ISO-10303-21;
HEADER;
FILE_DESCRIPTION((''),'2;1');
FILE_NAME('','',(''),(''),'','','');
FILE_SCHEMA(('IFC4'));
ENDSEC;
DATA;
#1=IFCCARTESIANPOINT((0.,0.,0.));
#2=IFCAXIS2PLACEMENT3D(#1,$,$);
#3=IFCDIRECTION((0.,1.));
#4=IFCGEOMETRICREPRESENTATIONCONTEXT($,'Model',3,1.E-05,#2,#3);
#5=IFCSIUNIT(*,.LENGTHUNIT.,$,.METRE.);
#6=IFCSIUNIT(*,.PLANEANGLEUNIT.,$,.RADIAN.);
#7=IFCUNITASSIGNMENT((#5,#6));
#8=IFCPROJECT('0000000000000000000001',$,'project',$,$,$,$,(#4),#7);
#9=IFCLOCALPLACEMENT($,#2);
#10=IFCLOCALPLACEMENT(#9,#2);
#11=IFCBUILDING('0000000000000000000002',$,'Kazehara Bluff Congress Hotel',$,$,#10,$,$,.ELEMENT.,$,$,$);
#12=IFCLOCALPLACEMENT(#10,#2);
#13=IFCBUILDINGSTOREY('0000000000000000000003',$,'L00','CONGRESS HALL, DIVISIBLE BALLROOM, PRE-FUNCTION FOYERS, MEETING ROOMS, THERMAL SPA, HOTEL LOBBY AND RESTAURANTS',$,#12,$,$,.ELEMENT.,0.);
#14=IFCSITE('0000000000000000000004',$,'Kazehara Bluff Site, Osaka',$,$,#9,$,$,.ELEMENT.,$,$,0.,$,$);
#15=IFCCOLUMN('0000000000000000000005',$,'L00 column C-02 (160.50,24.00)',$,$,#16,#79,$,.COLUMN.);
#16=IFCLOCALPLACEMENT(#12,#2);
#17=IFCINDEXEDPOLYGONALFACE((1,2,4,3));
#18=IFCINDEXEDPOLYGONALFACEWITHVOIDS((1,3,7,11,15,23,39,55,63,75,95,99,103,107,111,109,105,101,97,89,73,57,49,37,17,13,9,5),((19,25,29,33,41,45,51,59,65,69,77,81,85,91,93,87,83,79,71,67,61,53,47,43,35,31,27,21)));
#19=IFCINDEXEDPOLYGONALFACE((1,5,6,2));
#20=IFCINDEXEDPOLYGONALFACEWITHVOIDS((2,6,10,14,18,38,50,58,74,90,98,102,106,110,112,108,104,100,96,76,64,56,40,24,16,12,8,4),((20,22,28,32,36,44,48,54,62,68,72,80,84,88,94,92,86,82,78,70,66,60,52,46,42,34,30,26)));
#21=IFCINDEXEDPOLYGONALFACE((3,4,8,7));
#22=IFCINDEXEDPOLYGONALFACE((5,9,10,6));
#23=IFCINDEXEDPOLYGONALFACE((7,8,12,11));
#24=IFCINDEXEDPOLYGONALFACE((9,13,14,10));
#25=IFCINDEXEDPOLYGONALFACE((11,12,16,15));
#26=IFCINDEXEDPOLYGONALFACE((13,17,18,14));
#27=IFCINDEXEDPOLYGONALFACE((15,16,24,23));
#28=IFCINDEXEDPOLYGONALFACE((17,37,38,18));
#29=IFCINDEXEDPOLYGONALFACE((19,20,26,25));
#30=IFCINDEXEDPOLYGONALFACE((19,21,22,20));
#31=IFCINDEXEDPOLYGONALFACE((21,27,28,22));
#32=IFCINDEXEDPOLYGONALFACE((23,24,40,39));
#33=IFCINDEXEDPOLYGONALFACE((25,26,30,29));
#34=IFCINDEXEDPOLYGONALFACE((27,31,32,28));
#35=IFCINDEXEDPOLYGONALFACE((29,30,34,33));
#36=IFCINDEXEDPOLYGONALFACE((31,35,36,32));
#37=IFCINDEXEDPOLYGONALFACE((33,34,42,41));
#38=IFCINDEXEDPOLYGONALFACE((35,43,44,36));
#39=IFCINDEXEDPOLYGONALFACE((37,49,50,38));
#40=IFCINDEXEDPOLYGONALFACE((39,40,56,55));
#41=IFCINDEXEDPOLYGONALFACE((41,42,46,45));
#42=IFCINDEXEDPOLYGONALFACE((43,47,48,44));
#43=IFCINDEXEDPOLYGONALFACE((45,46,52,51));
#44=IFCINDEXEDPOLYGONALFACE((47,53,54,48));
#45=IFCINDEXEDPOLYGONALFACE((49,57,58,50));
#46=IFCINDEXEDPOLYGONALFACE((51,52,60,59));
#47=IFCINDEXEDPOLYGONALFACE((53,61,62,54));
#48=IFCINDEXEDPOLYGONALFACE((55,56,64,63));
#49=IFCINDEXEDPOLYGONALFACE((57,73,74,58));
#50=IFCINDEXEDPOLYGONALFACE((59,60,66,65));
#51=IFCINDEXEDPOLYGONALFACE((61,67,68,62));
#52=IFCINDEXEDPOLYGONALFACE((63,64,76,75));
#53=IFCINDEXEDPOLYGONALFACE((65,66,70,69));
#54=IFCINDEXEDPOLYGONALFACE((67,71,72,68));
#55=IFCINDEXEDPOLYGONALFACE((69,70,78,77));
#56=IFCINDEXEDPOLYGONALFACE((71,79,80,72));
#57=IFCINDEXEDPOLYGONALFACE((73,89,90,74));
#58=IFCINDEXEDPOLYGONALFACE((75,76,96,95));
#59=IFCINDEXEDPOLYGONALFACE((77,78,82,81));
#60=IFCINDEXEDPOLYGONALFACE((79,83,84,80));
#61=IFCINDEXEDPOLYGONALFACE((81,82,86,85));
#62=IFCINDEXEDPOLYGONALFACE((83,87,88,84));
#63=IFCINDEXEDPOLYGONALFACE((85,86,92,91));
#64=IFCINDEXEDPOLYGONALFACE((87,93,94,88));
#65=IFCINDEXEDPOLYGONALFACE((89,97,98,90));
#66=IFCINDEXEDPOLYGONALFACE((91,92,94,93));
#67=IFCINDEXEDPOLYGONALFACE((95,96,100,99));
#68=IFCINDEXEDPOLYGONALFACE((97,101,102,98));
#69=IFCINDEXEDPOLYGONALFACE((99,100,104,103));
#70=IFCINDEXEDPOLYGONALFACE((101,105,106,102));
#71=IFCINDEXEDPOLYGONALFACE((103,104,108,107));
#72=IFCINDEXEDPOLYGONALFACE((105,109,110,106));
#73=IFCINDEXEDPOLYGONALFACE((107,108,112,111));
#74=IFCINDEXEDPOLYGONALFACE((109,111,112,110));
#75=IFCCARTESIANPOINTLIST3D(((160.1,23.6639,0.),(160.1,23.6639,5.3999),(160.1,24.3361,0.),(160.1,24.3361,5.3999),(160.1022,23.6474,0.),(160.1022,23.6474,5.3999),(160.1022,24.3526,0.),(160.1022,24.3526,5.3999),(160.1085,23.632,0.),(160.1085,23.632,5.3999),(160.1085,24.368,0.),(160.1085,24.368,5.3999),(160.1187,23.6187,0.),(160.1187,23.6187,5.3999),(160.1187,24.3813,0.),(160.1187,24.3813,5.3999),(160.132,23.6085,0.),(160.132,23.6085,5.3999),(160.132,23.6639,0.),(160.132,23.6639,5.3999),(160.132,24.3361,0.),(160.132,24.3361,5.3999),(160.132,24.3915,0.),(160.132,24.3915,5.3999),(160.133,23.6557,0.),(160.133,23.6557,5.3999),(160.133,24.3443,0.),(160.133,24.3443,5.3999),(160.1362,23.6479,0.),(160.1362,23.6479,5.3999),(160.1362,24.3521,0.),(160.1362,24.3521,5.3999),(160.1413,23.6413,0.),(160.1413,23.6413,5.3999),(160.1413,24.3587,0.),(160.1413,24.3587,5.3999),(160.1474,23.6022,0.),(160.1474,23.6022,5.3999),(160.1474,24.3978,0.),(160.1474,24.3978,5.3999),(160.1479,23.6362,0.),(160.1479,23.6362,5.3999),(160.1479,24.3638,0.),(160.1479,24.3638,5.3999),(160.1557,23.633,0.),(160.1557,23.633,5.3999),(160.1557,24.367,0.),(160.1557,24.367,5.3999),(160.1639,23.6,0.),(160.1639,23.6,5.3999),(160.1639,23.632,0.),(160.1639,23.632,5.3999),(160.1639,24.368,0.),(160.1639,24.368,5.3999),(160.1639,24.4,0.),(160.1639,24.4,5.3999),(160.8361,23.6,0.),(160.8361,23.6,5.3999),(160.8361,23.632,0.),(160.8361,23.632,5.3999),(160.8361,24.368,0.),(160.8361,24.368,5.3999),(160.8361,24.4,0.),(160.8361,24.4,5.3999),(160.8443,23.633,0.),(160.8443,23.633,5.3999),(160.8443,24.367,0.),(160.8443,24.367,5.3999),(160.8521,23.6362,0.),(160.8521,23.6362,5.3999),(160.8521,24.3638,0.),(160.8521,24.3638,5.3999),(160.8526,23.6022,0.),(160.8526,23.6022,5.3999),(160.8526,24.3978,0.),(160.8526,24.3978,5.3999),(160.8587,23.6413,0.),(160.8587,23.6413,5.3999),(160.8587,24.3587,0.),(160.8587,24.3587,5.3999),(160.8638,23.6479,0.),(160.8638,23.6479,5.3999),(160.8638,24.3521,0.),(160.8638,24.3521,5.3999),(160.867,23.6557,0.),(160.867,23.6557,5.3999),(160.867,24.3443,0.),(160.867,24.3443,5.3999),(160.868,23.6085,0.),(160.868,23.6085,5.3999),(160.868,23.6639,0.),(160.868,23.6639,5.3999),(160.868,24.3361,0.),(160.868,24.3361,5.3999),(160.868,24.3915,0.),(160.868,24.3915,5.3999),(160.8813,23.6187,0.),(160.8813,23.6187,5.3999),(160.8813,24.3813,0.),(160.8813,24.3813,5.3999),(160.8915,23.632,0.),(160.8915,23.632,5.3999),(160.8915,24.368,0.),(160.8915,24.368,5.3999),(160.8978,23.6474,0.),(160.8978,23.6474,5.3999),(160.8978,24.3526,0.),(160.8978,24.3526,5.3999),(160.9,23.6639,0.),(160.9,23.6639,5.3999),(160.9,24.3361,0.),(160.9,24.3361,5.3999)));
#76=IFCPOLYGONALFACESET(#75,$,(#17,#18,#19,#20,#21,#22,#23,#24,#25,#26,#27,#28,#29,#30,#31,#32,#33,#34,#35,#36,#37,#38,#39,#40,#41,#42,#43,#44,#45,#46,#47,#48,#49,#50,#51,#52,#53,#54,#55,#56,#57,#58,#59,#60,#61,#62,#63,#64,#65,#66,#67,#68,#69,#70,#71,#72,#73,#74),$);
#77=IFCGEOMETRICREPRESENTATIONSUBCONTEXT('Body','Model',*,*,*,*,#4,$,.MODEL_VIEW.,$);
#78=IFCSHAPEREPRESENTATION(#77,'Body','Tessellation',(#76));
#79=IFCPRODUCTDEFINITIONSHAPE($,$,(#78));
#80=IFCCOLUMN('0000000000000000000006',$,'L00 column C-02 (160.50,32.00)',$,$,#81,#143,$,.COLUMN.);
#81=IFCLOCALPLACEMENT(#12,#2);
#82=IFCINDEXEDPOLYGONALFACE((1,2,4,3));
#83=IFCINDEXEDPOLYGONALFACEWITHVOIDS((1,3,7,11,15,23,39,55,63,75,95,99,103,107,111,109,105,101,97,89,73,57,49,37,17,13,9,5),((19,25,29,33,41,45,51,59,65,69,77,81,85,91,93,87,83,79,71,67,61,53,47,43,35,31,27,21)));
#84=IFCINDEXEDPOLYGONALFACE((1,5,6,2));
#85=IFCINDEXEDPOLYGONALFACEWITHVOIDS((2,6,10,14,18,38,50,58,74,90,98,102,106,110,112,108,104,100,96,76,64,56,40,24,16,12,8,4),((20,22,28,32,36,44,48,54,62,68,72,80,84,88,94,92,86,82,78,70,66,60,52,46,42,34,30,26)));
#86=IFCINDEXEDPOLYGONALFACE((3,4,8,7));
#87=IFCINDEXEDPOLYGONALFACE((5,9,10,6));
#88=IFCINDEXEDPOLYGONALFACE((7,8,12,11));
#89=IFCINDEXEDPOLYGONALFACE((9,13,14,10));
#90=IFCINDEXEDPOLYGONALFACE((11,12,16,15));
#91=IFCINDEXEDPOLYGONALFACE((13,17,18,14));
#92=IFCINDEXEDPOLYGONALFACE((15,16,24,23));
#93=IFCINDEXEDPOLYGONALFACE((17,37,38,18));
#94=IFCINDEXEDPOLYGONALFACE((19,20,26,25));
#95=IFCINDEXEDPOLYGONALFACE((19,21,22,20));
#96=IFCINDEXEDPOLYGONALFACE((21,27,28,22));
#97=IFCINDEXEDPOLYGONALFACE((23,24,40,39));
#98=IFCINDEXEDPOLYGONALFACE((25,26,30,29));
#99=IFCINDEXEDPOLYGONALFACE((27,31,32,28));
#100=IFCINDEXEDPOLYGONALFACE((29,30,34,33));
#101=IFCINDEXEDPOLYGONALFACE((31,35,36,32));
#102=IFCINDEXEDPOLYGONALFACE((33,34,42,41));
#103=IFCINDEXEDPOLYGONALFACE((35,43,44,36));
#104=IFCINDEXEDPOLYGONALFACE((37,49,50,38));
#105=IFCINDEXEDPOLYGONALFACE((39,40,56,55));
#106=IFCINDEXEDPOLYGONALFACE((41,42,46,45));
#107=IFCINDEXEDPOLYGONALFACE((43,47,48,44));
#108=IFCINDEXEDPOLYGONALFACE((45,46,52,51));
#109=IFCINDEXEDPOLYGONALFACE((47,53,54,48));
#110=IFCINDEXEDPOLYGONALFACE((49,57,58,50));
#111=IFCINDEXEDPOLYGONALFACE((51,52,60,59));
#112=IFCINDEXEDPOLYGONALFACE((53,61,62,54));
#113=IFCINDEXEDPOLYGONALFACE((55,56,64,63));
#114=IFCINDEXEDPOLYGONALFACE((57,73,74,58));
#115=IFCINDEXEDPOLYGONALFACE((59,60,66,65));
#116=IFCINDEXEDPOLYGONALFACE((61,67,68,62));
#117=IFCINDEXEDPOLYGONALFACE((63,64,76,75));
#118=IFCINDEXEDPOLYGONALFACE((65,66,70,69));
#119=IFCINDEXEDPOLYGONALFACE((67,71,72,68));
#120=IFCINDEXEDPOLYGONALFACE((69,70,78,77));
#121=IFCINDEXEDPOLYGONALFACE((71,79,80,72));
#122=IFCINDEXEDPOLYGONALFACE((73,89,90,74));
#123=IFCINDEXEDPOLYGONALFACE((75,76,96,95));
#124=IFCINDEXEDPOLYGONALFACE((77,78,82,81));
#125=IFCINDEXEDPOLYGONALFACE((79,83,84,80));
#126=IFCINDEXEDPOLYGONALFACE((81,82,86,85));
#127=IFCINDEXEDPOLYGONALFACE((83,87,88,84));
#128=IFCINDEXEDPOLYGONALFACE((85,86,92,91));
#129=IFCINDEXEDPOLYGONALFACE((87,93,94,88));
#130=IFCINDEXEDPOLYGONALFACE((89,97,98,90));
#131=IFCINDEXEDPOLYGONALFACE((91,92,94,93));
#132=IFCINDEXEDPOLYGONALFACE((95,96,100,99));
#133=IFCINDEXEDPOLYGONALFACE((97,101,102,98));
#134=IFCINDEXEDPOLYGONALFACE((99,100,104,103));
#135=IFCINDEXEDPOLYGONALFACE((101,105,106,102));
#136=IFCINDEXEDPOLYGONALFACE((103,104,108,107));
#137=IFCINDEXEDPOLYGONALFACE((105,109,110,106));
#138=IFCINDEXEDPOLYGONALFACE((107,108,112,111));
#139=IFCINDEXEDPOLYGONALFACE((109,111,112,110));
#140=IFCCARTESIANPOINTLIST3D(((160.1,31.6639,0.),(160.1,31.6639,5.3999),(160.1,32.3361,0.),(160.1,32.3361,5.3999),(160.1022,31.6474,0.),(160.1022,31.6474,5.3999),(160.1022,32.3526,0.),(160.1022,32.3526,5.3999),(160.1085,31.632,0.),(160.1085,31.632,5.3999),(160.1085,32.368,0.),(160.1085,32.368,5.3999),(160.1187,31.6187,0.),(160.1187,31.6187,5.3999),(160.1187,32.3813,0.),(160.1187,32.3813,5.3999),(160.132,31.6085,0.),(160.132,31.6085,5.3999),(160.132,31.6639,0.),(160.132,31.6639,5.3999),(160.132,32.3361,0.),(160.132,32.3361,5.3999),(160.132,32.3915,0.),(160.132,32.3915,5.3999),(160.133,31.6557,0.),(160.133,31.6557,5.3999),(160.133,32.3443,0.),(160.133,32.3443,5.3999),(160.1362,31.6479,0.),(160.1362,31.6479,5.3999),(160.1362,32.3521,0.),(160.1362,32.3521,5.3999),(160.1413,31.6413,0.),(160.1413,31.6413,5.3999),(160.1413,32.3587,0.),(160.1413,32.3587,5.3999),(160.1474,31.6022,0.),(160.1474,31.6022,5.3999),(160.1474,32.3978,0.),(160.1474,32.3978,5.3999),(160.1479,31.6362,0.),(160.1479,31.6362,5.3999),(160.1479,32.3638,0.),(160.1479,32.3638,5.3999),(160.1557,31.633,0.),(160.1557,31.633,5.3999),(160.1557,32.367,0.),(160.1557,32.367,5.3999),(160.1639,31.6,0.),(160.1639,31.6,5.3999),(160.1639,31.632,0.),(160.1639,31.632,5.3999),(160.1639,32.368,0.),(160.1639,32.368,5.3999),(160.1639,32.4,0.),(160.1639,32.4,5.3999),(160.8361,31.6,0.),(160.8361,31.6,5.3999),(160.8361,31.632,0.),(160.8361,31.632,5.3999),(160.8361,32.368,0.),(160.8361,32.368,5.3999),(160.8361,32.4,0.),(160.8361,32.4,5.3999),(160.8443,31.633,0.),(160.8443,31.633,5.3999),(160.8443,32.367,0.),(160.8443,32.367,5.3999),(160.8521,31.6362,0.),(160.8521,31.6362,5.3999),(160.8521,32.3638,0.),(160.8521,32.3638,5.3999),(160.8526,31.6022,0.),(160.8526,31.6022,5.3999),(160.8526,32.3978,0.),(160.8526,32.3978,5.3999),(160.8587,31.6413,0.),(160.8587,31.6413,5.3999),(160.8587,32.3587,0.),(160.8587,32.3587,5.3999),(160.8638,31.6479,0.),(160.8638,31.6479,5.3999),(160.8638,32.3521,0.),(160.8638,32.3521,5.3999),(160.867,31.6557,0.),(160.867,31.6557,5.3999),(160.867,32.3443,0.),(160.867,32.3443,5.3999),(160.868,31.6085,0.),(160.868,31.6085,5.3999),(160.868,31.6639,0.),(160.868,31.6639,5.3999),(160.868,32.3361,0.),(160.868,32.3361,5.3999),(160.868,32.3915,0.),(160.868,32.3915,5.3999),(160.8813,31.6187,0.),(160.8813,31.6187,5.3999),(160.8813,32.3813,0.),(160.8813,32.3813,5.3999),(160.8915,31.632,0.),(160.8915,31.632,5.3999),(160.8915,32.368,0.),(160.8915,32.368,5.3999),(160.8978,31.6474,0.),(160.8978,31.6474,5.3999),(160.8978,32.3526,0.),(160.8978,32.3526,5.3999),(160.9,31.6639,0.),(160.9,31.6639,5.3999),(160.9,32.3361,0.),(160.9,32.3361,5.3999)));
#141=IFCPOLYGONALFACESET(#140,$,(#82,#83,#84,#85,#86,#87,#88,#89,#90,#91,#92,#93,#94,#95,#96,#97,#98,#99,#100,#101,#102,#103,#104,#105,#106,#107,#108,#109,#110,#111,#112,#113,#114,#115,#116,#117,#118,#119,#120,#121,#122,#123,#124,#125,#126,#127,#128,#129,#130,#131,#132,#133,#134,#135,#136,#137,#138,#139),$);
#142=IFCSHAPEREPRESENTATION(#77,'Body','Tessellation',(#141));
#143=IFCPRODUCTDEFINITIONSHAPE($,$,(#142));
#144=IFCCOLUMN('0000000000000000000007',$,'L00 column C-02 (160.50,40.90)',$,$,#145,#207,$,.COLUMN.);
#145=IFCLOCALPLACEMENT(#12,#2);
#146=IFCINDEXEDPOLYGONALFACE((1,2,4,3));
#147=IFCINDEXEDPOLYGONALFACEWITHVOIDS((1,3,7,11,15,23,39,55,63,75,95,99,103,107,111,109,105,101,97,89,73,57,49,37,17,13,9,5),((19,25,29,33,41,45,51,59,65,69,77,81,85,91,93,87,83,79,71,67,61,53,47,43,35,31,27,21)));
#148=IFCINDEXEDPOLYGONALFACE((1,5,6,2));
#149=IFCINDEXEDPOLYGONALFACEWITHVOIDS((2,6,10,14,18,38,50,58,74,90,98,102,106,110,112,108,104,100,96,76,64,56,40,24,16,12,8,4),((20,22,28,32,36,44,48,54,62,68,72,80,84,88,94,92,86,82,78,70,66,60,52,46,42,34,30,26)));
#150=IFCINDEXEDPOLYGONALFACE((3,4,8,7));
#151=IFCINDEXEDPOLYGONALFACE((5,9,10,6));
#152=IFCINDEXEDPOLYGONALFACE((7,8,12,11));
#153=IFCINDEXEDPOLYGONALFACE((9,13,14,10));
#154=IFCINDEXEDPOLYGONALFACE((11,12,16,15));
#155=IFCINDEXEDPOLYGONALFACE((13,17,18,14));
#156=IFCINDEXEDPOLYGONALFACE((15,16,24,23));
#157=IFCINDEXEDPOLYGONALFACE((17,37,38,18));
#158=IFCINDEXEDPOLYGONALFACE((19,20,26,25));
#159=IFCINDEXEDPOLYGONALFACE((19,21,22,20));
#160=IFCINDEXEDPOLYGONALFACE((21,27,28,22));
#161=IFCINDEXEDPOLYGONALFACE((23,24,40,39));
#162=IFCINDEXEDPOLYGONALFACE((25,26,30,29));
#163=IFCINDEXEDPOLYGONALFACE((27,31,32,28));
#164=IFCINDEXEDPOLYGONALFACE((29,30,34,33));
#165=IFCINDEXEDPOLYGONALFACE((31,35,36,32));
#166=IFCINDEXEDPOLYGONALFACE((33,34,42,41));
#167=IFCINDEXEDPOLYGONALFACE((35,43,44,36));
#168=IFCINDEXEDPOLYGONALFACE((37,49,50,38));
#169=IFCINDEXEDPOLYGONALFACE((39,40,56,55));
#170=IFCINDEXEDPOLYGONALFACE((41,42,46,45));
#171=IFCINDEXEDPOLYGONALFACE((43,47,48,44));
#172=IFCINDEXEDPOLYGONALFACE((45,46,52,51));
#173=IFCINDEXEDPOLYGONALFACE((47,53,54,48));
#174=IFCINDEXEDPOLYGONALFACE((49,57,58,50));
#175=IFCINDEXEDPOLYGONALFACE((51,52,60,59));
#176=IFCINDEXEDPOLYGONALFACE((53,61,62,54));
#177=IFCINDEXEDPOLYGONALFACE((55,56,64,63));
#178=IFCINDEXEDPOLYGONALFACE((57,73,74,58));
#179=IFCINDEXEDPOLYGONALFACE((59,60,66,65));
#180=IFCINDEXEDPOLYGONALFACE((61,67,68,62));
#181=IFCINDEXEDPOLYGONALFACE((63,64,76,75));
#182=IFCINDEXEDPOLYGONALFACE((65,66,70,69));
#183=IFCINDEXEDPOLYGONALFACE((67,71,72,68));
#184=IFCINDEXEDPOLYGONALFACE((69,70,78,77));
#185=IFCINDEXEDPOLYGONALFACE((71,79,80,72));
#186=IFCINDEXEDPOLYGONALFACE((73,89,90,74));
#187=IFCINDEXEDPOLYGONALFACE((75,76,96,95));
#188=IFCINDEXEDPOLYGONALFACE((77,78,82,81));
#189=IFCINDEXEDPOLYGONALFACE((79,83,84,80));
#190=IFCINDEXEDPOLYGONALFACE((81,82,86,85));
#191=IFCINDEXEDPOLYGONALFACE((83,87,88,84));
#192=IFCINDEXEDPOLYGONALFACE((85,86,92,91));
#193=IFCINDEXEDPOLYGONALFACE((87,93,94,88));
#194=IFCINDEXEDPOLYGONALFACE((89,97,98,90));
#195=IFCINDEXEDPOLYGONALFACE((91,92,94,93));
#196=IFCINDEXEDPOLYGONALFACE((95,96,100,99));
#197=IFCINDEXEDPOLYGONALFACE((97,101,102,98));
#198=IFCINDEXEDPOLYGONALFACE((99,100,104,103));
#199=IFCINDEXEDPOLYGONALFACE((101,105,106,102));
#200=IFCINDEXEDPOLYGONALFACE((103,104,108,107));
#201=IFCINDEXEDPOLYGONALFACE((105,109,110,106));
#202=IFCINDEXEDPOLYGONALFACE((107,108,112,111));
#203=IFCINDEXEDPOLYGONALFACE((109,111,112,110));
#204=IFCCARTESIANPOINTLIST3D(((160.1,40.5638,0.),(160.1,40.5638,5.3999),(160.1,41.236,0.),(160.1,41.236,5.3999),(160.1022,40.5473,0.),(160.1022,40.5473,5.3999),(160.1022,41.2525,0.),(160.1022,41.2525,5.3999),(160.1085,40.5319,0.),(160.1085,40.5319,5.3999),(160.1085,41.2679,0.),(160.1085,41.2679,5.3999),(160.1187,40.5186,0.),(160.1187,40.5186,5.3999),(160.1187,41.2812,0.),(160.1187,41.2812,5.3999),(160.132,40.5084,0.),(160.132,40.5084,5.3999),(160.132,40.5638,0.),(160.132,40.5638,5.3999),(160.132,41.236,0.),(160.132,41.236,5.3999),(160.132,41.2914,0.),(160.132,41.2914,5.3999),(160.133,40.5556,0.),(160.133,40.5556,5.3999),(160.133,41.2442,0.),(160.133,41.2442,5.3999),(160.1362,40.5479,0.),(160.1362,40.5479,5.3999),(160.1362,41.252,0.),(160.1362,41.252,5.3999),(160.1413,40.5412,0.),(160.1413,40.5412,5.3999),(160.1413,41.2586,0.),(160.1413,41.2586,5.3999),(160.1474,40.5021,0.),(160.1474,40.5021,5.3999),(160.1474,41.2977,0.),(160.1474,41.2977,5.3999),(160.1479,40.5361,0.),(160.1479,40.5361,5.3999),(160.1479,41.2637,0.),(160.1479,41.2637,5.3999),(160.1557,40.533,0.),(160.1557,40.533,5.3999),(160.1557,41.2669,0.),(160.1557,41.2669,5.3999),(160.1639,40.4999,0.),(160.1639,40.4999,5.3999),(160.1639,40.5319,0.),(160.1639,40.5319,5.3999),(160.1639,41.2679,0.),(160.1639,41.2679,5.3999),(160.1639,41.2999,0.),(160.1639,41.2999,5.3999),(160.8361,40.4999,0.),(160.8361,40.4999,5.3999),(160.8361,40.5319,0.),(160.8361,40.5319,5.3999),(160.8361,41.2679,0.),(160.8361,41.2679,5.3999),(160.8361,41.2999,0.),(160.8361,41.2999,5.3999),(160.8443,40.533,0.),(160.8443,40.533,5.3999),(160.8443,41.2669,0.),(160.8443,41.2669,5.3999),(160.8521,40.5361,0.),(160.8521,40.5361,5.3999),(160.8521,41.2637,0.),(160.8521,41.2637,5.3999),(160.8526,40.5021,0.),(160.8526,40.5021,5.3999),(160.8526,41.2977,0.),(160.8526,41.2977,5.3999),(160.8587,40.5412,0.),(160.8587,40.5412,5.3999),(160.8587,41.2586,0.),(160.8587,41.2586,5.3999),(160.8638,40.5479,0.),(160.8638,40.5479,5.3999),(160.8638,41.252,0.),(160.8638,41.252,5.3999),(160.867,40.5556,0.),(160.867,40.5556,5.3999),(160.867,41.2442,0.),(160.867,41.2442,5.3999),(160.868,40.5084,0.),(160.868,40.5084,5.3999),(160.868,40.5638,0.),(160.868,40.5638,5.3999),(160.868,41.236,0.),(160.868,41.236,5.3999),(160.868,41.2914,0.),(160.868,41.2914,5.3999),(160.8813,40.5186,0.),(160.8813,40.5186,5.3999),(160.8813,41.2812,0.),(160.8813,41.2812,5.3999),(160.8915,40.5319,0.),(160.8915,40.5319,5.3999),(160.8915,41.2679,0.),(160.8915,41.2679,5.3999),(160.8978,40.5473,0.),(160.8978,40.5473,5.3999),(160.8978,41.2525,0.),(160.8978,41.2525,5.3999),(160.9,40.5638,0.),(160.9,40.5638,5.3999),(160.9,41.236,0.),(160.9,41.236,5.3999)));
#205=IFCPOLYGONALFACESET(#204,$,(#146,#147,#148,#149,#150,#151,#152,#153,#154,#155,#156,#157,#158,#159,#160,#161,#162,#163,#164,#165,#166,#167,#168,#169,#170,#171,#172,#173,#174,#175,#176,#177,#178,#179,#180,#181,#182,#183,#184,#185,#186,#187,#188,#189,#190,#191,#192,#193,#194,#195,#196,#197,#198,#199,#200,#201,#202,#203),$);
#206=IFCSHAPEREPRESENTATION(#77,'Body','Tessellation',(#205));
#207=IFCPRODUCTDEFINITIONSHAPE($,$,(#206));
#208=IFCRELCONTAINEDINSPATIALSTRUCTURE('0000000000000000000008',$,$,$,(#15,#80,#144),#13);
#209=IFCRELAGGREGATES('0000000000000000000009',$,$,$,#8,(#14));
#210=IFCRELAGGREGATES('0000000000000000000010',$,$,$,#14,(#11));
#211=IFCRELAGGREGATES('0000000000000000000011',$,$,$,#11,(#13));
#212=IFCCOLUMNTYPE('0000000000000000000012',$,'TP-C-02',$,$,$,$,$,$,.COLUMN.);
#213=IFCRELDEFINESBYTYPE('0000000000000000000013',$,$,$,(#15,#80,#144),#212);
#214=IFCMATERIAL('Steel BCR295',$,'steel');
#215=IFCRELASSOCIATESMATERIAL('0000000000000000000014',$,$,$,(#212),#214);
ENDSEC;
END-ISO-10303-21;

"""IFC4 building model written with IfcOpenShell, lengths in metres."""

from ifc_helpers import new_model, si_unit, direction, frame, origin, origin_2d, place, context, subcontext, project, spatial, hollow_rectangle, extrude, material, material_profile, profile_set, type_object, element, save


model = new_model("IFC4")

# Units and contexts
model_context = context("Model", 3, precision=1e-05, world=origin(), true_north=direction((0.0, 1.0)))
body_context = subcontext(model_context, "Body", "Model", "MODEL_VIEW")
ifc_project = project(units=[si_unit("LENGTHUNIT", "METRE"), si_unit("PLANEANGLEUNIT", "RADIAN")], contexts=[model_context])

# Site, building, storey
site_placement = place(None, origin())
site = spatial("IfcSite", under=ifc_project, at=site_placement, Name="Kazehara Bluff Site, Osaka", CompositionType="ELEMENT", RefElevation=0.0)
building_placement = place(site_placement, origin())
building = spatial("IfcBuilding", under=site, at=building_placement, Name="Kazehara Bluff Congress Hotel", CompositionType="ELEMENT")
storey_placement = place(building_placement, origin())
storey = spatial("IfcBuildingStorey", under=building, at=storey_placement, Name="L00", Description="CONGRESS HALL, DIVISIBLE BALLROOM, PRE-FUNCTION FOYERS, MEETING ROOMS, THERMAL SPA, HOTEL LOBBY AND RESTAURANTS", CompositionType="ELEMENT", Elevation=0.0)

# Columns
ifc_material_1 = material(Name="Steel BCR295", Category="steel")
ifc_material_profile_1 = material_profile(ifc_material_1, hollow_rectangle(XDim=0.8, YDim=0.8, WallThickness=0.032, InnerFilletRadius=0.032, OuterFilletRadius=0.064, at=origin_2d()))
ifc_profile_set_1 = profile_set([ifc_material_profile_1], Name="Steel BCR295")
column_type_1 = type_object("IfcColumnType", Name="TP-C-02", PredefinedType="COLUMN", material=ifc_profile_set_1)
for number, where, z_axis, x_axis, name in (
    (1, (160.5, 24.0, 0.0), (0.0, 0.0, 1.0), (1.0, 0.0, 0.0), "L00 column C-02 (160.50,24.00)"),
    (2, (160.5, 32.0, 0.0), (0.0, 0.0, 1.0), (1.0, 0.0, 0.0), "L00 column C-02 (160.50,32.00)"),
    (3, (160.5, 40.8999, 0.0), (0.0, 0.0, 1.0), (1.0, 0.0, 0.0), "L00 column C-02 (160.50,40.90)"),
):
    element("IfcColumn", number, at=place(storey_placement, frame(where, z_axis=z_axis, x_axis=x_axis)), inside=storey, type_object=column_type_1, Name=name, PredefinedType="COLUMN", context=body_context, shape_type="SweptSolid", body=[
        extrude(hollow_rectangle(XDim=0.8, YDim=0.8, WallThickness=0.032, InnerFilletRadius=0.032, OuterFilletRadius=0.064, at=origin_2d()), origin(), (0.0, 0.0, 1.0), 5.3999),
    ])

save(model, "model.ifc")
